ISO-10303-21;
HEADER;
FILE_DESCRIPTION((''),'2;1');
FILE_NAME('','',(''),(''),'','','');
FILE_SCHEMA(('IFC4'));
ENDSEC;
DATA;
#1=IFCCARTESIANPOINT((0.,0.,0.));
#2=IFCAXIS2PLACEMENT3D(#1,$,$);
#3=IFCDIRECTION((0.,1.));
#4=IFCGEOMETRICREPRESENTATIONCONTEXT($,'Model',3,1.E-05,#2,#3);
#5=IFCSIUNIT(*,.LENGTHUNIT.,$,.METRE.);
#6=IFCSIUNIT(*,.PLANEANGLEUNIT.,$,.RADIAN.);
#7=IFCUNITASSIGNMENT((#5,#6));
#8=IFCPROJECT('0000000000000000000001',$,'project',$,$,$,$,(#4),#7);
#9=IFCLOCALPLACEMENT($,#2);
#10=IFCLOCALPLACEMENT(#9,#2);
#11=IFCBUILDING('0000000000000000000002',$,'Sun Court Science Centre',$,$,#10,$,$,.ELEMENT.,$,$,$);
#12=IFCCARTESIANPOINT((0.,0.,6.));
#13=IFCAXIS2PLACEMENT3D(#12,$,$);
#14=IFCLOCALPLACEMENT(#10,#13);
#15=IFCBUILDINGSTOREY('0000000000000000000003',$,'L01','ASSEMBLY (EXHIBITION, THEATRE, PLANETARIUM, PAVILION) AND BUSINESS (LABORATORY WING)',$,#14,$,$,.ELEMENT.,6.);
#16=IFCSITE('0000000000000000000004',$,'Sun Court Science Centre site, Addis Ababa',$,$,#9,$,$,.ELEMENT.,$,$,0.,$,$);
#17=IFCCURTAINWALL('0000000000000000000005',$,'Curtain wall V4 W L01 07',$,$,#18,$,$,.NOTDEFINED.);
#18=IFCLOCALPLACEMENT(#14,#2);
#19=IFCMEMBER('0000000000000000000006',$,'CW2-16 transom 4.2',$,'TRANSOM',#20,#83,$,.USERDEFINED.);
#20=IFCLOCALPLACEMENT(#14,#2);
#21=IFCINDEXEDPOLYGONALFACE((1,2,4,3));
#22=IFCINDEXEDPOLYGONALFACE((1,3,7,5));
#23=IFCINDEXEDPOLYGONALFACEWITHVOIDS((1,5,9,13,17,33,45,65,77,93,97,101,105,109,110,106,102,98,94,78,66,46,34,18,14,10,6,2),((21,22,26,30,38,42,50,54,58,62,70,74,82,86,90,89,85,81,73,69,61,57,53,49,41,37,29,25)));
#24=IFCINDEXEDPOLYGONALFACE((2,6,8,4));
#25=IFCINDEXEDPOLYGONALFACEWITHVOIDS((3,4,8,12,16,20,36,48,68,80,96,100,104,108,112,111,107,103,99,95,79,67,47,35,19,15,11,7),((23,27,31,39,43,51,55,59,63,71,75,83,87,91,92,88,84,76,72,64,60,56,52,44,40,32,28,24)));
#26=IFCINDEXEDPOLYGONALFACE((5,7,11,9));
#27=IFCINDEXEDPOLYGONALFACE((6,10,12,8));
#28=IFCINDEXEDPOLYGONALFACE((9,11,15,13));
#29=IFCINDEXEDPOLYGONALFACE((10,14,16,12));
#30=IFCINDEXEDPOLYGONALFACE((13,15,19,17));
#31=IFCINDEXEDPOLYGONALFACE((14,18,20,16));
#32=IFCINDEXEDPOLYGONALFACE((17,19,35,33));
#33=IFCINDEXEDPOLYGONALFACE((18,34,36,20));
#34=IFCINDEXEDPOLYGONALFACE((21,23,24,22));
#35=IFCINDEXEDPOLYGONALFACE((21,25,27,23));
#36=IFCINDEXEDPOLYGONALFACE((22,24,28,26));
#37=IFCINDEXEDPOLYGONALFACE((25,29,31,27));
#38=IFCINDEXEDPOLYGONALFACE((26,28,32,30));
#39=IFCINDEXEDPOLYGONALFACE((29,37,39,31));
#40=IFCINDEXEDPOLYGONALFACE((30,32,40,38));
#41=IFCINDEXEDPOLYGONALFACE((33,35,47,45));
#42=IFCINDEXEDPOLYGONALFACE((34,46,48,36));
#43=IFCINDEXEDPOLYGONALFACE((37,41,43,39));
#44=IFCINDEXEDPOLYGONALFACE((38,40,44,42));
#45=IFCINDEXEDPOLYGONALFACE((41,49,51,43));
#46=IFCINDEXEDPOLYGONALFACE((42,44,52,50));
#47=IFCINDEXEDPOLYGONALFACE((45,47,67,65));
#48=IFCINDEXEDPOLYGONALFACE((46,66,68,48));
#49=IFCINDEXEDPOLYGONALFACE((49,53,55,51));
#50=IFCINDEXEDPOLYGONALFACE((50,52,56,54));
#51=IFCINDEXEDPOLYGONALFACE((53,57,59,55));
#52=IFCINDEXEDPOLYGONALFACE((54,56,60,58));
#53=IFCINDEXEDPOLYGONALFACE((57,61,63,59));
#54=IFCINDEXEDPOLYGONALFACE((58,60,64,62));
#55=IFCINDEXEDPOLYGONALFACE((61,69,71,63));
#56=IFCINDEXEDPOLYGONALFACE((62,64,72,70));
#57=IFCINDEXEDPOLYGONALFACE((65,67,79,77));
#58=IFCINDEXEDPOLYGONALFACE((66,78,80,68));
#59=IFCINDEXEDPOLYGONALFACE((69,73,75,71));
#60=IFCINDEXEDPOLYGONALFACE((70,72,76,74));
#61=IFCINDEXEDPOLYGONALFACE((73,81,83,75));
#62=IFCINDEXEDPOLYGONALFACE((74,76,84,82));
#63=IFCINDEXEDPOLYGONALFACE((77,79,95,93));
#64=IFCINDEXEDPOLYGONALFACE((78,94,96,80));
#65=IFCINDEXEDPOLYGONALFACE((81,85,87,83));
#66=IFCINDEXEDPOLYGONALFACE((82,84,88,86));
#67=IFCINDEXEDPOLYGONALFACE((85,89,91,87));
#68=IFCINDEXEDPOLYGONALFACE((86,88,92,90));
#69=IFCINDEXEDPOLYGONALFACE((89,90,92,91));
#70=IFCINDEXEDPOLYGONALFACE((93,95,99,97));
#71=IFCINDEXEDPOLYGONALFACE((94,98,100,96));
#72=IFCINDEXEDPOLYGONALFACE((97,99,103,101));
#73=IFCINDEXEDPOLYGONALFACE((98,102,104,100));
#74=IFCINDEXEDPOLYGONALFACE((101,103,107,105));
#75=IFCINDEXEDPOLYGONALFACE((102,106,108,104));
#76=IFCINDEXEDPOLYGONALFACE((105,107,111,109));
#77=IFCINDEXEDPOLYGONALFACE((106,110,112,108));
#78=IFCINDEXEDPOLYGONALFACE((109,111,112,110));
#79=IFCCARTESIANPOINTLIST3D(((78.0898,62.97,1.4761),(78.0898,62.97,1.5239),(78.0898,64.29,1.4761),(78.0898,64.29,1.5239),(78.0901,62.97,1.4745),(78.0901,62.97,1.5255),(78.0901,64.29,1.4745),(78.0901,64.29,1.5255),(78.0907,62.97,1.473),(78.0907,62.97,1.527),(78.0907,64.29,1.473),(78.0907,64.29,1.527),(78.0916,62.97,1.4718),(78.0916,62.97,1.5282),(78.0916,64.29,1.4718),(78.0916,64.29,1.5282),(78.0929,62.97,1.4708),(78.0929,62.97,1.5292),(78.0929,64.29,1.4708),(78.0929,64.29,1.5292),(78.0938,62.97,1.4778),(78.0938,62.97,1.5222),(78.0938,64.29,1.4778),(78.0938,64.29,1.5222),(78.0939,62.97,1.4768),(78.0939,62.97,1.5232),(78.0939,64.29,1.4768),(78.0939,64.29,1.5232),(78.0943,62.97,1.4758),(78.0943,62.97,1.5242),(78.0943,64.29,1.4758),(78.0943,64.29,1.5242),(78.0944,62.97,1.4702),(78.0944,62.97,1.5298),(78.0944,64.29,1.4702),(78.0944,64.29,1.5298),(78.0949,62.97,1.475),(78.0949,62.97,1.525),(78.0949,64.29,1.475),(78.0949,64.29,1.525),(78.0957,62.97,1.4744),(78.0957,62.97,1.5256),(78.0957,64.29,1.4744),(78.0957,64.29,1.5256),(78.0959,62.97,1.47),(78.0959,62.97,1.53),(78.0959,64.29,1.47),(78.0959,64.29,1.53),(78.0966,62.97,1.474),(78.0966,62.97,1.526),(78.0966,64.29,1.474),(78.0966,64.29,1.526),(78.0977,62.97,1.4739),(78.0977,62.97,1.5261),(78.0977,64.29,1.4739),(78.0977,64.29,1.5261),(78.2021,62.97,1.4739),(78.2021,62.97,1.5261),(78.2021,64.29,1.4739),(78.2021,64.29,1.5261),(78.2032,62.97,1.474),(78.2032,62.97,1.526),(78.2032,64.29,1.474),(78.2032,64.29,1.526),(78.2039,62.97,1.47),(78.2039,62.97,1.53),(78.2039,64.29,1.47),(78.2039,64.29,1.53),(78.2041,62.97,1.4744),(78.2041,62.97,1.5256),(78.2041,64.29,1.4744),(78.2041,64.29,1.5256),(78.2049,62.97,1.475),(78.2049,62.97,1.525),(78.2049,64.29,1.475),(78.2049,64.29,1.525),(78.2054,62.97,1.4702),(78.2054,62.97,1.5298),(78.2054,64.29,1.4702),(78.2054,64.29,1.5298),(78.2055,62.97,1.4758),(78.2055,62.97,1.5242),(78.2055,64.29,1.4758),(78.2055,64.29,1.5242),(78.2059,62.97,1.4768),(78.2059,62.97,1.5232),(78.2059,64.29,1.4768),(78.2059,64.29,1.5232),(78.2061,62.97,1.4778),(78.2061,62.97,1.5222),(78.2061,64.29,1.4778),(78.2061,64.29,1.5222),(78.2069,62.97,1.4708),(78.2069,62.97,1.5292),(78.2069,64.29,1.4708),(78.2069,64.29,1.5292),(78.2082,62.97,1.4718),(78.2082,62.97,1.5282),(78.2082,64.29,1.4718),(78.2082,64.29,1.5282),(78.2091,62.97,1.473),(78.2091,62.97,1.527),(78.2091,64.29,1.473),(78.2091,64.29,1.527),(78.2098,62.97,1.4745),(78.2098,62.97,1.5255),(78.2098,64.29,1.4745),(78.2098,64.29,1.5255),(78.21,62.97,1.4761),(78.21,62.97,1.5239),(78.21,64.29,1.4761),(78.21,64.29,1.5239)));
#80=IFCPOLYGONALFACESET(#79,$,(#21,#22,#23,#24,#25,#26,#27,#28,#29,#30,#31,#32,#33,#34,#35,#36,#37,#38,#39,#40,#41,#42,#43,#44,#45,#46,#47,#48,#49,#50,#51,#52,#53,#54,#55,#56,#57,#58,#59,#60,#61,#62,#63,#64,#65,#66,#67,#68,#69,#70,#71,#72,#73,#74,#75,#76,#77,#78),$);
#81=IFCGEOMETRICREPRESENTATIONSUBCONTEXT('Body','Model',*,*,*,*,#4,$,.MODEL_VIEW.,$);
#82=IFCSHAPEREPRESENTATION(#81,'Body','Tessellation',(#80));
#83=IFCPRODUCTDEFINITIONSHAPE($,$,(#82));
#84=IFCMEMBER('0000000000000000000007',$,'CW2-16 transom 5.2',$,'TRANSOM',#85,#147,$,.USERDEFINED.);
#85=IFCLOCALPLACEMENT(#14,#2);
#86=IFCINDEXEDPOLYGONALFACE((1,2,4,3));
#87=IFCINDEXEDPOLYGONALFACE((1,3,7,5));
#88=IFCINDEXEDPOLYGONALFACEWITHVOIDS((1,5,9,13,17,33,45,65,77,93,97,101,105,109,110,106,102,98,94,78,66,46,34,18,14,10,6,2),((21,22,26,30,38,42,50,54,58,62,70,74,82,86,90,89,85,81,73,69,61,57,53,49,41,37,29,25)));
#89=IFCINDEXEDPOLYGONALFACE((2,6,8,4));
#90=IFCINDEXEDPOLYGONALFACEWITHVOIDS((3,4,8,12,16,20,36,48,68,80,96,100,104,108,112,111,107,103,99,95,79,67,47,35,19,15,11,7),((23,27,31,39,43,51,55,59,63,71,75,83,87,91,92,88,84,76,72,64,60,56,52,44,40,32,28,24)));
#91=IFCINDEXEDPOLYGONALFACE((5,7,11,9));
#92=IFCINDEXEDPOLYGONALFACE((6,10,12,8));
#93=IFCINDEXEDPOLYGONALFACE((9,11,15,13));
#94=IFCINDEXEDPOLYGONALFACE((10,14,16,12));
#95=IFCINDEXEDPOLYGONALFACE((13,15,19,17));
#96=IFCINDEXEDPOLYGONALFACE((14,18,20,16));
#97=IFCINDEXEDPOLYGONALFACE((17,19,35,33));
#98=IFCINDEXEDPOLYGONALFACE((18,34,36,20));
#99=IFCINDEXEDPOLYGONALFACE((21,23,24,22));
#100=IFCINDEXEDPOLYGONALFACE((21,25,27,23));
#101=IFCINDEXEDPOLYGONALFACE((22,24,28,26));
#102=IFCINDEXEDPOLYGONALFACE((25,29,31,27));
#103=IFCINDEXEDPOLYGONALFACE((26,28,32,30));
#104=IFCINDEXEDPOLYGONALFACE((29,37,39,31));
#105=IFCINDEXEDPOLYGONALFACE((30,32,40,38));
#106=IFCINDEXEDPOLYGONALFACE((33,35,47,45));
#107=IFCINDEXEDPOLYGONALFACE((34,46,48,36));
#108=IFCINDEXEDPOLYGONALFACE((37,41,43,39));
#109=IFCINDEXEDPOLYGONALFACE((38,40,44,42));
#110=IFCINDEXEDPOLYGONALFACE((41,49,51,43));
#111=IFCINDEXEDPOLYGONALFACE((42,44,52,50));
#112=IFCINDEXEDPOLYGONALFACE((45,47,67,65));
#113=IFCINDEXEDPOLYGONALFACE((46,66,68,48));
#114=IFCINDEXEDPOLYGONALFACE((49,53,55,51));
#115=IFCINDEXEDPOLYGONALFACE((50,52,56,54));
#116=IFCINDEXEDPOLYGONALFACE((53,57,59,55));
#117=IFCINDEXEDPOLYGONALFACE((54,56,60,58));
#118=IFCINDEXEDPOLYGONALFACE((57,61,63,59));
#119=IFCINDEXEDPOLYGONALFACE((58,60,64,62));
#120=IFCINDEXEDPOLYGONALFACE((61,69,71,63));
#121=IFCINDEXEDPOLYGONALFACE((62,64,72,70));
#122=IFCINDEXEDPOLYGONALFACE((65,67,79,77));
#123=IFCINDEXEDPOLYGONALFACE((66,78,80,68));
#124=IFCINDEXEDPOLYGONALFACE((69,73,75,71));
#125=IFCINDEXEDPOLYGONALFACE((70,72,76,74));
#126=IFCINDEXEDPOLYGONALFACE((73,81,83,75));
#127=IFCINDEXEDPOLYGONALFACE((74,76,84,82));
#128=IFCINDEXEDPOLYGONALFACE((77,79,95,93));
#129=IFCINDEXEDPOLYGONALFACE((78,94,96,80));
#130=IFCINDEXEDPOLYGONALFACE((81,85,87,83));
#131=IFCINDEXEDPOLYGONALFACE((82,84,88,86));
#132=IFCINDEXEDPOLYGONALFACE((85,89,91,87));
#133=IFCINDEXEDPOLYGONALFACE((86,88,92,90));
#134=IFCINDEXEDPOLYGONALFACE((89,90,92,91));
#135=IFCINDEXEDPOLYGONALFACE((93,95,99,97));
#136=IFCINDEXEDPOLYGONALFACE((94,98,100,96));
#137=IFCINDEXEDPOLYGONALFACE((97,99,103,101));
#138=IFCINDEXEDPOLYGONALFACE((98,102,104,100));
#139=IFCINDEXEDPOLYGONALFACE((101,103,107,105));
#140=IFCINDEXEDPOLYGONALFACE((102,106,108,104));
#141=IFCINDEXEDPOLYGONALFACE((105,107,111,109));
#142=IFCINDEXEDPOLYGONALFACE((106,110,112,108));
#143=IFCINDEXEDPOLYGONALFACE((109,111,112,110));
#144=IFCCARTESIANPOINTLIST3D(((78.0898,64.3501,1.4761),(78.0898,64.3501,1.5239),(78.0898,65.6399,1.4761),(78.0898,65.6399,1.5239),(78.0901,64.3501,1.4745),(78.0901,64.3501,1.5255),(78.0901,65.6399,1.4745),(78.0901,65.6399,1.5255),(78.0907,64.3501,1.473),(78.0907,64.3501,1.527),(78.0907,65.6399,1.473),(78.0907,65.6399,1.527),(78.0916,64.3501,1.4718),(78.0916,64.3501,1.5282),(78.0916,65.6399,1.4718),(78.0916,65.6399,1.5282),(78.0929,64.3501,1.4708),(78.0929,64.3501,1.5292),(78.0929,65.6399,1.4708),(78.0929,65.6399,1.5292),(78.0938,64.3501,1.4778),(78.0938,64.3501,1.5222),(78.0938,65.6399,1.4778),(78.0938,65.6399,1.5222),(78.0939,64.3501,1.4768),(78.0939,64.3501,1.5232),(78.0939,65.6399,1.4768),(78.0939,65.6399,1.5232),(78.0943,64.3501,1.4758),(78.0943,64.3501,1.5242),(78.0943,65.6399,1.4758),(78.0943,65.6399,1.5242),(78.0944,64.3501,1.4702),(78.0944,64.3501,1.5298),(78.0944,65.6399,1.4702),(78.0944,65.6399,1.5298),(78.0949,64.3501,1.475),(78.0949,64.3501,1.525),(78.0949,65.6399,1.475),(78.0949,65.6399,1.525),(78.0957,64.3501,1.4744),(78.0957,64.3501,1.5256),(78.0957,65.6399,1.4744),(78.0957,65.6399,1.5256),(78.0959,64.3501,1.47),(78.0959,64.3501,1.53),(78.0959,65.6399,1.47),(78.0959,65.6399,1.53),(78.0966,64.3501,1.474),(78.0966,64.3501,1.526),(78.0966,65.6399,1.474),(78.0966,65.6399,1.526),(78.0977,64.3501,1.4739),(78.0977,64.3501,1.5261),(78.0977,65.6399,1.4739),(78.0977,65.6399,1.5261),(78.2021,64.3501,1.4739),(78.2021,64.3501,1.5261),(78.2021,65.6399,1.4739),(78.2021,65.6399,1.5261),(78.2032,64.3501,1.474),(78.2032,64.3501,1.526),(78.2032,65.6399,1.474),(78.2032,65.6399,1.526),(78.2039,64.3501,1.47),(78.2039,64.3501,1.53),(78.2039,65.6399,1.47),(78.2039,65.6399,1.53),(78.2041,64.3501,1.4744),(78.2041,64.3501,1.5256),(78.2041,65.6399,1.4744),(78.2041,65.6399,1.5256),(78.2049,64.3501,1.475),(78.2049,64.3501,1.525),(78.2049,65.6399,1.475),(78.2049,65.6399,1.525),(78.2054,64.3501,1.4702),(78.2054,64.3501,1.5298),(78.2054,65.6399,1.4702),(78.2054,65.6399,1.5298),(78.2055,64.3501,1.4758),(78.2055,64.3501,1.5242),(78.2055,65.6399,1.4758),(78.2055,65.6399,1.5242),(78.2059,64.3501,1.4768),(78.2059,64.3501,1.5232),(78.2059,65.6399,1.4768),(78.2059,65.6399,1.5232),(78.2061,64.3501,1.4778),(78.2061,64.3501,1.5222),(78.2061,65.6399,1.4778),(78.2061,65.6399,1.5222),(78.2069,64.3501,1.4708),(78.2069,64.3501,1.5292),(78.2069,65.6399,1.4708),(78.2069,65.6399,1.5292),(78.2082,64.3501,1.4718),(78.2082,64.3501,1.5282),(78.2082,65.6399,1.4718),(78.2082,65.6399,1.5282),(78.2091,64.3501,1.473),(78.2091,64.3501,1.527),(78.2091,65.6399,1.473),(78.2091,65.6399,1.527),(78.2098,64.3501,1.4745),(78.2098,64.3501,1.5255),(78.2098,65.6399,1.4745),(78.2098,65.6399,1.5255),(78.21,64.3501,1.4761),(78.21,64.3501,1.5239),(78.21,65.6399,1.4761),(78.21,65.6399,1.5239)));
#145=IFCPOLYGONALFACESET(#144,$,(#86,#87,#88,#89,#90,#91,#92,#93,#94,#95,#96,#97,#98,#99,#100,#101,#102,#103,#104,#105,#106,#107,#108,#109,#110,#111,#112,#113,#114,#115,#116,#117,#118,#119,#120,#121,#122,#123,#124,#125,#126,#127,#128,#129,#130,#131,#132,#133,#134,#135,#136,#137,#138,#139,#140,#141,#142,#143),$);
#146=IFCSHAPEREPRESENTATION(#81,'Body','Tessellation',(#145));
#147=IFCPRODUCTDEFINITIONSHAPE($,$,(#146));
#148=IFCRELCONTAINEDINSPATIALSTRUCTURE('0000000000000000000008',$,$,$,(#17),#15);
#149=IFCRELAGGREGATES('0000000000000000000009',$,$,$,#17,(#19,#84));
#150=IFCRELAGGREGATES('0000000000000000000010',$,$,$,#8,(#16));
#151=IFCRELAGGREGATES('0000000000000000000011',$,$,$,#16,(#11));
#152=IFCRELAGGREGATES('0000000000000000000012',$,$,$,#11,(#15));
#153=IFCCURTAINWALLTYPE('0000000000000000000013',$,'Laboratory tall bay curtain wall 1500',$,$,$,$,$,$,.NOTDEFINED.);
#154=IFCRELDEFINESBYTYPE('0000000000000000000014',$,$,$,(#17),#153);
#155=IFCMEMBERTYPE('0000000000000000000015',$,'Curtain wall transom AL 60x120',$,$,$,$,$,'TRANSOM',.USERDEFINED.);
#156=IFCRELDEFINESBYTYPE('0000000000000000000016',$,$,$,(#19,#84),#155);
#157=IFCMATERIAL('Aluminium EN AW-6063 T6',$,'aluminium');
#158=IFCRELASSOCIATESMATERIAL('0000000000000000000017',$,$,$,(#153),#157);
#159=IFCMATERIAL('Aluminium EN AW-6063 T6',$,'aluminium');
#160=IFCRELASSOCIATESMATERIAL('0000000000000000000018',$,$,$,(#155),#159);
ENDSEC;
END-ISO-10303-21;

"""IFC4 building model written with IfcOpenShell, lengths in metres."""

from ifc_helpers import new_model, si_unit, direction, frame, origin, origin_2d, place, context, subcontext, project, spatial, hollow_rectangle, extrude, material, material_profile, profile_set, type_object, element, aggregate, save


model = new_model("IFC4")

# Units and contexts
model_context = context("Model", 3, precision=1e-05, world=origin(), true_north=direction((0.0, 1.0)))
body_context = subcontext(model_context, "Body", "Model", "MODEL_VIEW")
ifc_project = project(units=[si_unit("LENGTHUNIT", "METRE"), si_unit("PLANEANGLEUNIT", "RADIAN")], contexts=[model_context])

# Site, building, storey
site_placement = place(None, origin())
site = spatial("IfcSite", under=ifc_project, at=site_placement, Name="Sun Court Science Centre site, Addis Ababa", CompositionType="ELEMENT", RefElevation=0.0)
building_placement = place(site_placement, origin())
building = spatial("IfcBuilding", under=site, at=building_placement, Name="Sun Court Science Centre", CompositionType="ELEMENT")
storey_placement = place(building_placement, frame((0.0, 0.0, 6.0)))
storey = spatial("IfcBuildingStorey", under=building, at=storey_placement, Name="L01", Description="ASSEMBLY (EXHIBITION, THEATRE, PLANETARIUM, PAVILION) AND BUSINESS (LABORATORY WING)", CompositionType="ELEMENT", Elevation=6.0)

# Curtain wall, members
ifc_material_1 = material(Name="Aluminium EN AW-6063 T6", Category="aluminium")
curtain_wall_type = type_object("IfcCurtainWallType", Name="Laboratory tall bay curtain wall 1500", PredefinedType="NOTDEFINED", material=ifc_material_1)
curtain_wall_placement = place(storey_placement, origin())
curtain_wall = element("IfcCurtainWall", 1, at=curtain_wall_placement, inside=storey, type_object=curtain_wall_type, Name="Curtain wall V4 W L01 07", PredefinedType="NOTDEFINED")
ifc_material_2 = material(Name="Aluminium EN AW-6063 T6", Category="aluminium")
ifc_material_profile_1 = material_profile(ifc_material_2, hollow_rectangle(XDim=0.0601, YDim=0.1201, WallThickness=0.0039, InnerFilletRadius=0.0039, OuterFilletRadius=0.0061, at=origin_2d()), Name="AL 60x120x4")
ifc_profile_set_1 = profile_set([ifc_material_profile_1], Name="Aluminium EN AW-6063 T6")
member_type_1 = type_object("IfcMemberType", Name="Curtain wall transom AL 60x120", ElementType="TRANSOM", PredefinedType="USERDEFINED", material=ifc_profile_set_1)
member_1_placement = place(storey_placement, frame((78.1499, 62.97, 1.5), z_axis=(0.0, 1.0, 0.0), x_axis=(0.0, 0.0, 1.0)))
member_1 = element("IfcMember", 2, at=member_1_placement, type_object=member_type_1, Name="CW2-16 transom 4.2", ObjectType="TRANSOM", PredefinedType="USERDEFINED", context=body_context, shape_type="SweptSolid", body=[
    extrude(hollow_rectangle(XDim=0.0601, YDim=0.1201, WallThickness=0.0039, InnerFilletRadius=0.0039, OuterFilletRadius=0.0061, at=origin_2d()), origin(), (0.0, 0.0, 1.0), 1.3201),
])
member_2_placement = place(storey_placement, frame((78.1499, 64.3501, 1.5), z_axis=(0.0, 1.0, 0.0), x_axis=(0.0, 0.0, 1.0)))
member_2 = element("IfcMember", 3, at=member_2_placement, type_object=member_type_1, Name="CW2-16 transom 5.2", ObjectType="TRANSOM", PredefinedType="USERDEFINED", context=body_context, shape_type="SweptSolid", body=[
    extrude(hollow_rectangle(XDim=0.0601, YDim=0.1201, WallThickness=0.0039, InnerFilletRadius=0.0039, OuterFilletRadius=0.0061, at=origin_2d()), origin(), (0.0, 0.0, 1.0), 1.2898),
])

aggregate(curtain_wall, [member_1, member_2])

save(model, "model.ifc")
